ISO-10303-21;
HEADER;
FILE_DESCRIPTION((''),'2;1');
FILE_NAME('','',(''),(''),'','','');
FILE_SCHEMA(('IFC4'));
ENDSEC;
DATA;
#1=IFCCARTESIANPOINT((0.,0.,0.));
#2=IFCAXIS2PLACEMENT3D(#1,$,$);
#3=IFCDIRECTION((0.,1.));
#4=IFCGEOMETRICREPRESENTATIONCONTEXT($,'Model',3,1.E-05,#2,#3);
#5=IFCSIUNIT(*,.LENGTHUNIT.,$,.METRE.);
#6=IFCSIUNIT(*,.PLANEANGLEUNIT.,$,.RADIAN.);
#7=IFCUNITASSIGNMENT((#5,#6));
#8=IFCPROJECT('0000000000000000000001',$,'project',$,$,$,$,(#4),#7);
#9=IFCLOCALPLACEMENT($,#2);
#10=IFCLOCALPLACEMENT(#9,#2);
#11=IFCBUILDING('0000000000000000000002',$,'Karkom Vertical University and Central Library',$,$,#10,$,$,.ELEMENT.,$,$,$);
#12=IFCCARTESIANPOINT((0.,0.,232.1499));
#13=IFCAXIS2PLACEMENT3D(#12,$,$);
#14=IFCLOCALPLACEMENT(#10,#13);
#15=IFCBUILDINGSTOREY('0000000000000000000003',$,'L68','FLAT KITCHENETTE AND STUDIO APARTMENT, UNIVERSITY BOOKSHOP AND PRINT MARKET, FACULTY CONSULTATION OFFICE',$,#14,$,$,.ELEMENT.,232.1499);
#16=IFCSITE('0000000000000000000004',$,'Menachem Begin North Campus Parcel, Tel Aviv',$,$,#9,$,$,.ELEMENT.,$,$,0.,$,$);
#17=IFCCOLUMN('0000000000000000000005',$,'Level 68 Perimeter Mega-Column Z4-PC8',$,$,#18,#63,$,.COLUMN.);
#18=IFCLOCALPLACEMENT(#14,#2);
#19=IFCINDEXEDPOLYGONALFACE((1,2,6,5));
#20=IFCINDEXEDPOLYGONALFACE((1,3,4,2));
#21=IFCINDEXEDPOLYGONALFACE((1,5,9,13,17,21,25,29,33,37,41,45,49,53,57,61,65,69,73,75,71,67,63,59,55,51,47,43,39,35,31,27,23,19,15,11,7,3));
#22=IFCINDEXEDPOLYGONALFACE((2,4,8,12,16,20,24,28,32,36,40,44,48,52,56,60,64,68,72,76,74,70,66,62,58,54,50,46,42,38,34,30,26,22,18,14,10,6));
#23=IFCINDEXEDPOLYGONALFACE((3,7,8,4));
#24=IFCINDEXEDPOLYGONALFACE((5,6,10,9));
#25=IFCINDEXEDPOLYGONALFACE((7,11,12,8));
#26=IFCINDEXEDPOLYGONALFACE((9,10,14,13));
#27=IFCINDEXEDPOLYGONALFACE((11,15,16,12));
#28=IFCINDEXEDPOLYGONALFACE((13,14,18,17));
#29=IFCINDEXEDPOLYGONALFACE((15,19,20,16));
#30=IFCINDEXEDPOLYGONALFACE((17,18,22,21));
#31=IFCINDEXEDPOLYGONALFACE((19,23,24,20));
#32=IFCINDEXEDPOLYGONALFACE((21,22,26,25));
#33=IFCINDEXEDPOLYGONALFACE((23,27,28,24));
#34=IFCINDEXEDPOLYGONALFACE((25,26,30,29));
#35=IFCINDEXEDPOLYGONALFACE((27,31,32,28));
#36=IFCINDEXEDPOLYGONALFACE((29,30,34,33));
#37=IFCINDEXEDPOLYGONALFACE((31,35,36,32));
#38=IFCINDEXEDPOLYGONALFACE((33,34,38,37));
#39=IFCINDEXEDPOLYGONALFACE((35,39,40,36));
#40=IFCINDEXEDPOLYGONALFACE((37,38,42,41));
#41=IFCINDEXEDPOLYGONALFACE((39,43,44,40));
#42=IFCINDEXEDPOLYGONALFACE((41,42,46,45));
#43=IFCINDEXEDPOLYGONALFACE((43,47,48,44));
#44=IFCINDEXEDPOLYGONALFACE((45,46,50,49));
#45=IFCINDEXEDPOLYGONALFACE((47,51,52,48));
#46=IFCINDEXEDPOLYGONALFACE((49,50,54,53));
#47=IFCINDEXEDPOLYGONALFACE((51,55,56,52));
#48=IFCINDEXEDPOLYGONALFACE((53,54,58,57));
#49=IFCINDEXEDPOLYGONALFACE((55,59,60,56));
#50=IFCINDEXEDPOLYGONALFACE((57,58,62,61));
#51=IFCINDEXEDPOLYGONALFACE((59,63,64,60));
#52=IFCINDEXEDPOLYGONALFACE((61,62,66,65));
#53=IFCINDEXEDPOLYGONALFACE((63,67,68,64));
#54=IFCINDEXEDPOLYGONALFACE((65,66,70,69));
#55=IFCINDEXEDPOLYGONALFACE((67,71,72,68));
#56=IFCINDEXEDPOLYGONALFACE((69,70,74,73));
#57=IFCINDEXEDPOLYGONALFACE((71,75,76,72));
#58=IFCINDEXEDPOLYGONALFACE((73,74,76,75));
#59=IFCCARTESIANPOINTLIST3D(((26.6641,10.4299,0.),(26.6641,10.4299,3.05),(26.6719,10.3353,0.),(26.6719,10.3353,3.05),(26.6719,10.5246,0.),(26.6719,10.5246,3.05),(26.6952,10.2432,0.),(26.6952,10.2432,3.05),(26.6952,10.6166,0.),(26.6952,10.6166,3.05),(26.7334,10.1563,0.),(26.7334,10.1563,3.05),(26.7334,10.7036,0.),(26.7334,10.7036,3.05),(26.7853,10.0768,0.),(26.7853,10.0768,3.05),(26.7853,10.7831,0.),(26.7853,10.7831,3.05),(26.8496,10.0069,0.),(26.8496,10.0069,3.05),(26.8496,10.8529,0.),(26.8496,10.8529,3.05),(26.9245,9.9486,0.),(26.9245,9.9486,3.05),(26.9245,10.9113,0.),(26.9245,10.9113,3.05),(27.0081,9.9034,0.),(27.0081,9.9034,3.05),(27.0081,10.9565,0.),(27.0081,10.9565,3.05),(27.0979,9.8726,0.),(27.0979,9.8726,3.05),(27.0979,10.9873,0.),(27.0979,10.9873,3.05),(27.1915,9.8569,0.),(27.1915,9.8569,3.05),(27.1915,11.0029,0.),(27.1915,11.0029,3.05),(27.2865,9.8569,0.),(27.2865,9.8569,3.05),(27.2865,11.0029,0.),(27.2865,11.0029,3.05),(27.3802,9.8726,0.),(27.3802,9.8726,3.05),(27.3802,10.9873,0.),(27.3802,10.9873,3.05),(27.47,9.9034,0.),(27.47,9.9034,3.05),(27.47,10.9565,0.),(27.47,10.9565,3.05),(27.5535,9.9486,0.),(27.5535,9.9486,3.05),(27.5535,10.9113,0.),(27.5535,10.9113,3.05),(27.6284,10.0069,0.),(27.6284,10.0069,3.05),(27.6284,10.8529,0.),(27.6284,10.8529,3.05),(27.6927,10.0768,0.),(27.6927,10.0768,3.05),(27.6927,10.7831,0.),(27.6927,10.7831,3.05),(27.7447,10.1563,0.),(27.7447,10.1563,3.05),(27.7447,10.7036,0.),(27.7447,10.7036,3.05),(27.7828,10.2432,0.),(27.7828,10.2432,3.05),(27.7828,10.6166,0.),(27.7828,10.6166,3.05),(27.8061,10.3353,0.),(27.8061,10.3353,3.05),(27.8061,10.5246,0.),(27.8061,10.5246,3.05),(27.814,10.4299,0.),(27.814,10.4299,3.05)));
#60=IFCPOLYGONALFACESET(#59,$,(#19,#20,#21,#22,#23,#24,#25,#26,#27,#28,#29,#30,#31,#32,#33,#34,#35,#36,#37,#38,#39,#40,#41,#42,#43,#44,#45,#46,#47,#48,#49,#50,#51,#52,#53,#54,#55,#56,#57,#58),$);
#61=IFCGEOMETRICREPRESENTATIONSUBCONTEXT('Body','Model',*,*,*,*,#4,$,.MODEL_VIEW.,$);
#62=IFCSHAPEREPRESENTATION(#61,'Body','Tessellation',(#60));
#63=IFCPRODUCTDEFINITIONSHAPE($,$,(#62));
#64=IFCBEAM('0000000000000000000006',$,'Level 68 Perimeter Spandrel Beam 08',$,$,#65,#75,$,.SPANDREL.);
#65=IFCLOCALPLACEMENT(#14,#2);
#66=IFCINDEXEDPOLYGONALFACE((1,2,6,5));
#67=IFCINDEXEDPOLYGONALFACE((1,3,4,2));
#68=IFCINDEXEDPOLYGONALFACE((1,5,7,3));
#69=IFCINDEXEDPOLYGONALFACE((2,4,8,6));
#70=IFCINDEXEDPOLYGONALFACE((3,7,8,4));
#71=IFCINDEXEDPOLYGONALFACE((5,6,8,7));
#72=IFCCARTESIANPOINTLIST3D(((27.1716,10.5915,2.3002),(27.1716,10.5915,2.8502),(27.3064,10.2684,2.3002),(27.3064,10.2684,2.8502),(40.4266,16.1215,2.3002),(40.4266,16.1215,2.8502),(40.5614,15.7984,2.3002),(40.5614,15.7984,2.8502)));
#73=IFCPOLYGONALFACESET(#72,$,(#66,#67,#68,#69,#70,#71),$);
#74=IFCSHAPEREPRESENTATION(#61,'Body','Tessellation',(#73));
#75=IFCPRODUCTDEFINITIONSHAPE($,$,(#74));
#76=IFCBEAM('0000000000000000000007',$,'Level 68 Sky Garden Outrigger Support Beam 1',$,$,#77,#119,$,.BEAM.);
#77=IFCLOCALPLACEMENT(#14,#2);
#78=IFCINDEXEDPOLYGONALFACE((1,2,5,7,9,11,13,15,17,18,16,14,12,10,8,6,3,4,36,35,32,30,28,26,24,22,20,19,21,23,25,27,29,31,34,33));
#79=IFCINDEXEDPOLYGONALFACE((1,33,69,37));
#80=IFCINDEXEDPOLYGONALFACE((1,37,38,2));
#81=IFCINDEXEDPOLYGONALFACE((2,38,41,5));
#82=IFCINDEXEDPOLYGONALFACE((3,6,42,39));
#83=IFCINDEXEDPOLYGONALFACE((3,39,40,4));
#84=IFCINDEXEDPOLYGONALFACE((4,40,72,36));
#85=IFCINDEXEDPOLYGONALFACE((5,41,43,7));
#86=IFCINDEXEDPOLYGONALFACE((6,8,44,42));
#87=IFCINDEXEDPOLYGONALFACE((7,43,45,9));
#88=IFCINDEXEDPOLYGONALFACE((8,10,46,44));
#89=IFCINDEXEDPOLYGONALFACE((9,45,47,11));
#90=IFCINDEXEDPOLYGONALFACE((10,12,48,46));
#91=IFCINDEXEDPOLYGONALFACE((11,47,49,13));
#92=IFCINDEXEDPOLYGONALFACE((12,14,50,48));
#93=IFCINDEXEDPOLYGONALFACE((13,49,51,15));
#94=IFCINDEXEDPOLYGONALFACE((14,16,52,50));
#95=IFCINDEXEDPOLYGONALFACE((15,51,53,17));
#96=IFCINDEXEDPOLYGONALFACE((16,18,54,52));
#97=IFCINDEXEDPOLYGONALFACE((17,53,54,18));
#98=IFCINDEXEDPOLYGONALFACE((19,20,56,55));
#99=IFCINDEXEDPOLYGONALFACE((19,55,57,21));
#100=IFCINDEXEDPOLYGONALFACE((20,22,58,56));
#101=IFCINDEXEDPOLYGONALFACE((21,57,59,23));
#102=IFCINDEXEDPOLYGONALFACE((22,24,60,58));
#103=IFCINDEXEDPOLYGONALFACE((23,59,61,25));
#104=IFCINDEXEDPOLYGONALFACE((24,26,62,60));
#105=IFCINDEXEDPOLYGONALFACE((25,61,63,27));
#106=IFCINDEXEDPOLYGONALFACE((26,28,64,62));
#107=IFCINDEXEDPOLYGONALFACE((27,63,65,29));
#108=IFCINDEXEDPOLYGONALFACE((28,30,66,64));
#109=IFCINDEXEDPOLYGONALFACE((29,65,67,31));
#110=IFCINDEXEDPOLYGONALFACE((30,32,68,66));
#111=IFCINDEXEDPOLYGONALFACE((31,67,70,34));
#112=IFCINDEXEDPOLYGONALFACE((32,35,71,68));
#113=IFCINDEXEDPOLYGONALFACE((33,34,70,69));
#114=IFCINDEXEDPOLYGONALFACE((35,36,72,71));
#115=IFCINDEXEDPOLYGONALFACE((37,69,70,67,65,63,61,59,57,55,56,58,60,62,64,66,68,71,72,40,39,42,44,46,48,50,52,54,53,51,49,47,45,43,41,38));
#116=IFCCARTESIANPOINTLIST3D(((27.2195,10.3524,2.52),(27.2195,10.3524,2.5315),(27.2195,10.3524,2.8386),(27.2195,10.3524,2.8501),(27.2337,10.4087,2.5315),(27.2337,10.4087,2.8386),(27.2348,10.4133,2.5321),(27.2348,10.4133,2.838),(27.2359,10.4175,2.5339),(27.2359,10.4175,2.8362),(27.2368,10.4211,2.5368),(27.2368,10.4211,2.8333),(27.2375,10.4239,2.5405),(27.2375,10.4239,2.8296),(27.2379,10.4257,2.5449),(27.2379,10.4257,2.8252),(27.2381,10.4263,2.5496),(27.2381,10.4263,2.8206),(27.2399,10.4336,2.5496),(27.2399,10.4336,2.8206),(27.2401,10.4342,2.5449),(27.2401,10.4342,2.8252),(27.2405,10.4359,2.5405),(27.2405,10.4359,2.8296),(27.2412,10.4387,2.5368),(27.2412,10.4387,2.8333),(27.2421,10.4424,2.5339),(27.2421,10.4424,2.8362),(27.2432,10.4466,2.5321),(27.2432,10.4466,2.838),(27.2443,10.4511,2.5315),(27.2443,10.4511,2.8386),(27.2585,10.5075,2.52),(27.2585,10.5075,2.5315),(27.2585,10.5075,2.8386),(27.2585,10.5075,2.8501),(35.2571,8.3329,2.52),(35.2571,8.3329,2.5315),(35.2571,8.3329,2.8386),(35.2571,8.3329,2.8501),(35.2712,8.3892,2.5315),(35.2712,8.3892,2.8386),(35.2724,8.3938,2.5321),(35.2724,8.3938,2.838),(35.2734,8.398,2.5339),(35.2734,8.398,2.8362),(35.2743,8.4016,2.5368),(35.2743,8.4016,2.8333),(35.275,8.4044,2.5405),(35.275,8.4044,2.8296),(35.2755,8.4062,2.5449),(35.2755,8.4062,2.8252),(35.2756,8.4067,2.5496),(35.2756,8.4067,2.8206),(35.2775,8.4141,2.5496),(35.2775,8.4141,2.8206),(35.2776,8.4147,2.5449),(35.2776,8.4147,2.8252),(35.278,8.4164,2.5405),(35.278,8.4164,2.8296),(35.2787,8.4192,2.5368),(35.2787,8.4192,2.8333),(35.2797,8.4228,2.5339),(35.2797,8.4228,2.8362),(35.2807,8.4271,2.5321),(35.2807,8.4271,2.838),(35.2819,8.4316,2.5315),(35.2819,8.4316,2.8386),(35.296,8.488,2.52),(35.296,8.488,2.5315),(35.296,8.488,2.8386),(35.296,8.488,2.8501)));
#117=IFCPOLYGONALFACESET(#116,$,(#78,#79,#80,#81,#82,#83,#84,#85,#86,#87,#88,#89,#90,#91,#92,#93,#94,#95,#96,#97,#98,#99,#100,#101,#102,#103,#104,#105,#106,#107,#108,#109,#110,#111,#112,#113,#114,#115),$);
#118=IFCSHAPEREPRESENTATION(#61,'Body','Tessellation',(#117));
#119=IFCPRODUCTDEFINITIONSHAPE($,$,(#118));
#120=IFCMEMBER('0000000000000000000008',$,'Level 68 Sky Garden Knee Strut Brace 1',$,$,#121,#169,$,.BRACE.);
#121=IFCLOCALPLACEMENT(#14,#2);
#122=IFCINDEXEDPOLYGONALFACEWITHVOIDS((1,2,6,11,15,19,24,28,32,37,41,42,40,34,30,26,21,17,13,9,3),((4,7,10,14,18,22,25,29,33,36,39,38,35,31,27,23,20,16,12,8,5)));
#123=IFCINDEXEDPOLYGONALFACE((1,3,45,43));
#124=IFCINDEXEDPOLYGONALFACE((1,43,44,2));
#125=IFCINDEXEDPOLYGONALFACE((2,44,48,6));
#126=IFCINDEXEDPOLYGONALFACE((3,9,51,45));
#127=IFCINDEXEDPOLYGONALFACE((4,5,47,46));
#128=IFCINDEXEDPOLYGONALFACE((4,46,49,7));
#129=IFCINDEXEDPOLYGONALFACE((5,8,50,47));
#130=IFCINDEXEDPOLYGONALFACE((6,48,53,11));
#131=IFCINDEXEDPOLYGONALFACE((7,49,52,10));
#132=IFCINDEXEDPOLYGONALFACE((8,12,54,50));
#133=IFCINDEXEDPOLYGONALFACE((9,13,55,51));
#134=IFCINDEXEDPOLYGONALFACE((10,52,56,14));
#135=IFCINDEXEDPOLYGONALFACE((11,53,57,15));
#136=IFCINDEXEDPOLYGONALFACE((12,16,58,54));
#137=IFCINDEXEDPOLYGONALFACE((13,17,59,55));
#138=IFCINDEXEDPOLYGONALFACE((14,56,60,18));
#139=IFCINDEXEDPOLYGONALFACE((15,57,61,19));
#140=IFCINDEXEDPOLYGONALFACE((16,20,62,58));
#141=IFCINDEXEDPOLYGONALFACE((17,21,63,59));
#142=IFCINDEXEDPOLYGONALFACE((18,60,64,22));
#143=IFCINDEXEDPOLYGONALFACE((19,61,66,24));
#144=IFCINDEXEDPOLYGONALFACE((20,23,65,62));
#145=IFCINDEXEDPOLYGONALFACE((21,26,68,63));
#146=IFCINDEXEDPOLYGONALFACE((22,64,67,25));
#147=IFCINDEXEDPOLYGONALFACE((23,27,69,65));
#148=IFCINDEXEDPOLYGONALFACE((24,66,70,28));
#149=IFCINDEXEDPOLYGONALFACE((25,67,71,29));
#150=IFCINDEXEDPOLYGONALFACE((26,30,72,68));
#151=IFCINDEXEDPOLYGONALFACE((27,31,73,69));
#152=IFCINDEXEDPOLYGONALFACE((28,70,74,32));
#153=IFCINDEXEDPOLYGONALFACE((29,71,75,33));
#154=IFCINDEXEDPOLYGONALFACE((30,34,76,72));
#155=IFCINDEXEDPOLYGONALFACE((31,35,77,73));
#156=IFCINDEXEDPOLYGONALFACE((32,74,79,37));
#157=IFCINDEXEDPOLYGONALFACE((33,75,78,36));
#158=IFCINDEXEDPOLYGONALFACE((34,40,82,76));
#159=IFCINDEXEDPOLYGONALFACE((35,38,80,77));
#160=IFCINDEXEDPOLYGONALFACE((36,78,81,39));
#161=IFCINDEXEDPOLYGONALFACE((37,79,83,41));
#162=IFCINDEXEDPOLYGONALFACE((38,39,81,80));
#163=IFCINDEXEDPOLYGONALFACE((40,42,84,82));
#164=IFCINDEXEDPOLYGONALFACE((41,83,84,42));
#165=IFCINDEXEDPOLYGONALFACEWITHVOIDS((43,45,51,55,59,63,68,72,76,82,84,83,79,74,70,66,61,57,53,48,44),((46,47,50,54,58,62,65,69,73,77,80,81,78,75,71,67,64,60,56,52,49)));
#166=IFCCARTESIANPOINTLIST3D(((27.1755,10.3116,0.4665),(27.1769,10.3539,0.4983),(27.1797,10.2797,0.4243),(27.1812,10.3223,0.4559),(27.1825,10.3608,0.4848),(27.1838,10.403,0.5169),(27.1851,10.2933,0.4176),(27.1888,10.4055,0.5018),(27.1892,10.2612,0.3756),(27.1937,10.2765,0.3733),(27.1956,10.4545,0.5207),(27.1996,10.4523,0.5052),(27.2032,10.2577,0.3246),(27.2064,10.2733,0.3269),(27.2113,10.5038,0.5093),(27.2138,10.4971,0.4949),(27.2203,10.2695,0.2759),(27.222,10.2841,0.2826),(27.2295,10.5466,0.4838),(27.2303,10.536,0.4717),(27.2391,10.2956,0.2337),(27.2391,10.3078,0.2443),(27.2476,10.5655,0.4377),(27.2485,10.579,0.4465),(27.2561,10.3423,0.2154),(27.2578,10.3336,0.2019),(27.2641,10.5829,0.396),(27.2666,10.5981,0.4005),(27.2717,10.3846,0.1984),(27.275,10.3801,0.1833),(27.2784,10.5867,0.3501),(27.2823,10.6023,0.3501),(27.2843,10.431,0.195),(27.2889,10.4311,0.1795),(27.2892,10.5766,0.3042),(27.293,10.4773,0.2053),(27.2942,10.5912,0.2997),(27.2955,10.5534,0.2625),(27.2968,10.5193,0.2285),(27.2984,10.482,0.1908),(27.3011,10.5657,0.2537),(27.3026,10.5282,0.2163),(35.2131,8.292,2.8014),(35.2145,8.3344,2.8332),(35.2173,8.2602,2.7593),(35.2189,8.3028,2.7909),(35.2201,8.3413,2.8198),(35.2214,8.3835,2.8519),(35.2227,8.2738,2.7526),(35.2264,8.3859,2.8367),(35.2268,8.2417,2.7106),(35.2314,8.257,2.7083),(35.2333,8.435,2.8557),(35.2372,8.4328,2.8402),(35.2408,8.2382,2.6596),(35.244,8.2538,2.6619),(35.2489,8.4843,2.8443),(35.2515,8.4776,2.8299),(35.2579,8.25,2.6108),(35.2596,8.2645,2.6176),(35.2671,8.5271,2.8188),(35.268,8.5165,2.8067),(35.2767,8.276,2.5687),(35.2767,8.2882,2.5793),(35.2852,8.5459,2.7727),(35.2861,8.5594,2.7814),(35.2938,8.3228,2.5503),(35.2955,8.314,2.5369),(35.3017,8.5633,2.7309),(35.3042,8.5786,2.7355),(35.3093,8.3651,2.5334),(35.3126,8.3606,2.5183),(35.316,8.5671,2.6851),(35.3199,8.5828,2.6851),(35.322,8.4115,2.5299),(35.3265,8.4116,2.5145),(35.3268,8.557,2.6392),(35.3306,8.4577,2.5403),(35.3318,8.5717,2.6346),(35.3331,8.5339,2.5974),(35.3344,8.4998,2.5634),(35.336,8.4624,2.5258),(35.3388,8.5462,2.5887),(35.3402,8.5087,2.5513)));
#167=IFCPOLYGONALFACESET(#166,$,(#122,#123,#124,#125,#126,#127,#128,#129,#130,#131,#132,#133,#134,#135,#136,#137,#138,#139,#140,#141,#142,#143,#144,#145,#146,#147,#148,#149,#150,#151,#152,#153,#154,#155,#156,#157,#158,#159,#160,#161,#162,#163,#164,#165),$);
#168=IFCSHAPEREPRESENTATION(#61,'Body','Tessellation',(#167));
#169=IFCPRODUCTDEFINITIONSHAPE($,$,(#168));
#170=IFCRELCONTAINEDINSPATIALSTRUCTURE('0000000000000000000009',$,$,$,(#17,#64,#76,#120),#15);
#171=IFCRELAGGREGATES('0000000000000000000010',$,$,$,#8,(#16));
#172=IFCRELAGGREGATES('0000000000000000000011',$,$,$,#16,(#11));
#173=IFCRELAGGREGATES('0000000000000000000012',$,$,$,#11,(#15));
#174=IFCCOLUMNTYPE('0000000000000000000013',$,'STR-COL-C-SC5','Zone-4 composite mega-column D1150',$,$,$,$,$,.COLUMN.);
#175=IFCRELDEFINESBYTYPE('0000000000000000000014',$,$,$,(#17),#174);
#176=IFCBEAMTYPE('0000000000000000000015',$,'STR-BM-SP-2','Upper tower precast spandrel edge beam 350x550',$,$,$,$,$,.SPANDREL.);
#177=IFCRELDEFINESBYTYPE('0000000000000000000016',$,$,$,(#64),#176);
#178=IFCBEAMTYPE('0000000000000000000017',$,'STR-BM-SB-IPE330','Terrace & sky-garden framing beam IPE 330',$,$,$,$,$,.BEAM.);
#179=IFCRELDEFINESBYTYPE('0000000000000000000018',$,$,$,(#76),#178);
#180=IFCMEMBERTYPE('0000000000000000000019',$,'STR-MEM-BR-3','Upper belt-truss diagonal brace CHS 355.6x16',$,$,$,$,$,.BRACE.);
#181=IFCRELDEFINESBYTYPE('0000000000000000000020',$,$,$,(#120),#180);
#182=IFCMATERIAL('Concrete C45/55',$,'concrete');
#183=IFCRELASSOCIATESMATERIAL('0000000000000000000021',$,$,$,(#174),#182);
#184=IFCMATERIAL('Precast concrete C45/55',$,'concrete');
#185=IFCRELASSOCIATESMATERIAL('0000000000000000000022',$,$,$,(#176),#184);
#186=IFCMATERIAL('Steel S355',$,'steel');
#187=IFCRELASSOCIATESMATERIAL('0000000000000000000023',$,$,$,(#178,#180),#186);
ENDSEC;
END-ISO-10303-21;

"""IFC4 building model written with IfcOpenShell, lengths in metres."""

from ifc_helpers import new_model, si_unit, direction, frame, origin, origin_with_axes, origin_2d, place, context, subcontext, project, spatial, rectangle, circle, hollow_circle, i_section, extrude, source, transform, mapped, material, material_profile, profile_set, type_object, element, save


model = new_model("IFC4")

# Units and contexts
model_context = context("Model", 3, precision=1e-05, world=origin(), true_north=direction((0.0, 1.0)))
body_context = subcontext(model_context, "Body", "Model", "MODEL_VIEW")
ifc_project = project(units=[si_unit("LENGTHUNIT", "METRE"), si_unit("PLANEANGLEUNIT", "RADIAN")], contexts=[model_context])

# Site, building, storey
site_placement = place(None, origin())
site = spatial("IfcSite", under=ifc_project, at=site_placement, Name="Menachem Begin North Campus Parcel, Tel Aviv", CompositionType="ELEMENT", RefElevation=0.0)
building_placement = place(site_placement, origin())
building = spatial("IfcBuilding", under=site, at=building_placement, Name="Karkom Vertical University and Central Library", CompositionType="ELEMENT")
storey_placement = place(building_placement, frame((0.0, 0.0, 232.1499)))
storey = spatial("IfcBuildingStorey", under=building, at=storey_placement, Name="L68", Description="FLAT KITCHENETTE AND STUDIO APARTMENT, UNIVERSITY BOOKSHOP AND PRINT MARKET, FACULTY CONSULTATION OFFICE", CompositionType="ELEMENT", Elevation=232.1499)

# Column
ifc_material_1 = material(Name="Concrete C45/55", Category="concrete")
ifc_material_profile_1 = material_profile(ifc_material_1, circle(Radius=0.575, at=origin_2d()), Name="CFT-D1150")
ifc_profile_set_1 = profile_set([ifc_material_profile_1], Name="Concrete C45/55")
column_type = type_object("IfcColumnType", Name="STR-COL-C-SC5", Description="Zone-4 composite mega-column D1150", PredefinedType="COLUMN", material=ifc_profile_set_1)
shared_shape_1 = source(origin_with_axes(), body_context, "Body", "SweptSolid", [
    extrude(circle(Radius=0.575, at=origin_2d()), origin(), (0.0, 0.0, 1.0), 3.05),
])
column_placement = place(storey_placement, frame((27.239, 10.4299, 0.0), z_axis=(0.0, 0.0, 1.0), x_axis=(1.0, 0.0, 0.0)))
element("IfcColumn", 1, at=column_placement, inside=storey, type_object=column_type, Name="Level 68 Perimeter Mega-Column Z4-PC8", PredefinedType="COLUMN", context=body_context, shape_type="MappedRepresentation", body=[
    mapped(shared_shape_1, transform((0.0, 0.0, 0.0), scale=1.0)),
])

# Beams
ifc_material_2 = material(Name="Precast concrete C45/55", Category="concrete")
ifc_material_profile_2 = material_profile(ifc_material_2, rectangle(XDim=0.3501, YDim=0.55, at=origin_2d()), Name="SPB-350x550")
ifc_profile_set_2 = profile_set([ifc_material_profile_2], Name="Precast concrete C45/55")
beam_type_1 = type_object("IfcBeamType", Name="STR-BM-SP-2", Description="Upper tower precast spandrel edge beam 350x550", PredefinedType="SPANDREL", material=ifc_profile_set_2)
shared_shape_2 = source(origin_with_axes(), body_context, "Body", "SweptSolid", [
    extrude(rectangle(XDim=0.3501, YDim=0.55, at=origin_2d()), origin(), (0.0, 0.0, 1.0), 14.3623),
])
beam_1_placement = place(storey_placement, frame((27.239, 10.4299, 2.5752), z_axis=(0.9229, 0.38504, 0.0), x_axis=(-0.38504, 0.9229, 0.0)))
element("IfcBeam", 2, at=beam_1_placement, inside=storey, type_object=beam_type_1, Name="Level 68 Perimeter Spandrel Beam 08", PredefinedType="SPANDREL", context=body_context, shape_type="MappedRepresentation", body=[
    mapped(shared_shape_2, transform((0.0, 0.0, 0.0), scale=1.0)),
])
ifc_material_3 = material(Name="Steel S355", Category="steel")
ifc_material_profile_3 = material_profile(ifc_material_3, i_section(OverallWidth=0.1599, OverallDepth=0.3301, WebThickness=0.0076, FlangeThickness=0.0115, FilletRadius=0.0181, at=origin_2d()), Name="IPE 330")
ifc_profile_set_3 = profile_set([ifc_material_profile_3], Name="Steel S355")
beam_type_2 = type_object("IfcBeamType", Name="STR-BM-SB-IPE330", Description="Terrace & sky-garden framing beam IPE 330", PredefinedType="BEAM", material=ifc_profile_set_3)
shared_shape_3 = source(origin_with_axes(), body_context, "Body", "SweptSolid", [
    extrude(i_section(OverallWidth=0.1599, OverallDepth=0.3301, WebThickness=0.0076, FlangeThickness=0.0115, FilletRadius=0.0181, at=origin_2d()), origin(), (0.0, 0.0, 1.0), 8.2874),
])
beam_2_placement = place(storey_placement, frame((27.239, 10.4299, 2.6851), z_axis=(0.969854, -0.243686, 0.0), x_axis=(0.243686, 0.969854, 0.0)))
element("IfcBeam", 3, at=beam_2_placement, inside=storey, type_object=beam_type_2, Name="Level 68 Sky Garden Outrigger Support Beam 1", PredefinedType="BEAM", context=body_context, shape_type="MappedRepresentation", body=[
    mapped(shared_shape_3, transform((0.0, 0.0, 0.0), scale=1.0)),
])

# Member
ifc_material_profile_4 = material_profile(ifc_material_3, hollow_circle(Radius=0.1777, WallThickness=0.0161, at=origin_2d()), Name="CHS 355.6x16")
ifc_profile_set_4 = profile_set([ifc_material_profile_4], Name="Steel S355")
member_type = type_object("IfcMemberType", Name="STR-MEM-BR-3", Description="Upper belt-truss diagonal brace CHS 355.6x16", PredefinedType="BRACE", material=ifc_profile_set_4)
shared_shape_4 = source(origin_with_axes(), body_context, "Body", "SweptSolid", [
    extrude(hollow_circle(Radius=0.1777, WallThickness=0.0161, at=origin_2d()), origin(), (0.0, 0.0, 1.0), 8.6101),
])
member_placement = place(storey_placement, frame((27.239, 10.4299, 0.3501), z_axis=(0.93351, -0.234554, 0.271189), x_axis=(0.243686, 0.969854, 0.0)))
element("IfcMember", 4, at=member_placement, inside=storey, type_object=member_type, Name="Level 68 Sky Garden Knee Strut Brace 1", PredefinedType="BRACE", context=body_context, shape_type="MappedRepresentation", body=[
    mapped(shared_shape_4, transform((0.0, 0.0, 0.0), scale=1.0)),
])

save(model, "model.ifc")
